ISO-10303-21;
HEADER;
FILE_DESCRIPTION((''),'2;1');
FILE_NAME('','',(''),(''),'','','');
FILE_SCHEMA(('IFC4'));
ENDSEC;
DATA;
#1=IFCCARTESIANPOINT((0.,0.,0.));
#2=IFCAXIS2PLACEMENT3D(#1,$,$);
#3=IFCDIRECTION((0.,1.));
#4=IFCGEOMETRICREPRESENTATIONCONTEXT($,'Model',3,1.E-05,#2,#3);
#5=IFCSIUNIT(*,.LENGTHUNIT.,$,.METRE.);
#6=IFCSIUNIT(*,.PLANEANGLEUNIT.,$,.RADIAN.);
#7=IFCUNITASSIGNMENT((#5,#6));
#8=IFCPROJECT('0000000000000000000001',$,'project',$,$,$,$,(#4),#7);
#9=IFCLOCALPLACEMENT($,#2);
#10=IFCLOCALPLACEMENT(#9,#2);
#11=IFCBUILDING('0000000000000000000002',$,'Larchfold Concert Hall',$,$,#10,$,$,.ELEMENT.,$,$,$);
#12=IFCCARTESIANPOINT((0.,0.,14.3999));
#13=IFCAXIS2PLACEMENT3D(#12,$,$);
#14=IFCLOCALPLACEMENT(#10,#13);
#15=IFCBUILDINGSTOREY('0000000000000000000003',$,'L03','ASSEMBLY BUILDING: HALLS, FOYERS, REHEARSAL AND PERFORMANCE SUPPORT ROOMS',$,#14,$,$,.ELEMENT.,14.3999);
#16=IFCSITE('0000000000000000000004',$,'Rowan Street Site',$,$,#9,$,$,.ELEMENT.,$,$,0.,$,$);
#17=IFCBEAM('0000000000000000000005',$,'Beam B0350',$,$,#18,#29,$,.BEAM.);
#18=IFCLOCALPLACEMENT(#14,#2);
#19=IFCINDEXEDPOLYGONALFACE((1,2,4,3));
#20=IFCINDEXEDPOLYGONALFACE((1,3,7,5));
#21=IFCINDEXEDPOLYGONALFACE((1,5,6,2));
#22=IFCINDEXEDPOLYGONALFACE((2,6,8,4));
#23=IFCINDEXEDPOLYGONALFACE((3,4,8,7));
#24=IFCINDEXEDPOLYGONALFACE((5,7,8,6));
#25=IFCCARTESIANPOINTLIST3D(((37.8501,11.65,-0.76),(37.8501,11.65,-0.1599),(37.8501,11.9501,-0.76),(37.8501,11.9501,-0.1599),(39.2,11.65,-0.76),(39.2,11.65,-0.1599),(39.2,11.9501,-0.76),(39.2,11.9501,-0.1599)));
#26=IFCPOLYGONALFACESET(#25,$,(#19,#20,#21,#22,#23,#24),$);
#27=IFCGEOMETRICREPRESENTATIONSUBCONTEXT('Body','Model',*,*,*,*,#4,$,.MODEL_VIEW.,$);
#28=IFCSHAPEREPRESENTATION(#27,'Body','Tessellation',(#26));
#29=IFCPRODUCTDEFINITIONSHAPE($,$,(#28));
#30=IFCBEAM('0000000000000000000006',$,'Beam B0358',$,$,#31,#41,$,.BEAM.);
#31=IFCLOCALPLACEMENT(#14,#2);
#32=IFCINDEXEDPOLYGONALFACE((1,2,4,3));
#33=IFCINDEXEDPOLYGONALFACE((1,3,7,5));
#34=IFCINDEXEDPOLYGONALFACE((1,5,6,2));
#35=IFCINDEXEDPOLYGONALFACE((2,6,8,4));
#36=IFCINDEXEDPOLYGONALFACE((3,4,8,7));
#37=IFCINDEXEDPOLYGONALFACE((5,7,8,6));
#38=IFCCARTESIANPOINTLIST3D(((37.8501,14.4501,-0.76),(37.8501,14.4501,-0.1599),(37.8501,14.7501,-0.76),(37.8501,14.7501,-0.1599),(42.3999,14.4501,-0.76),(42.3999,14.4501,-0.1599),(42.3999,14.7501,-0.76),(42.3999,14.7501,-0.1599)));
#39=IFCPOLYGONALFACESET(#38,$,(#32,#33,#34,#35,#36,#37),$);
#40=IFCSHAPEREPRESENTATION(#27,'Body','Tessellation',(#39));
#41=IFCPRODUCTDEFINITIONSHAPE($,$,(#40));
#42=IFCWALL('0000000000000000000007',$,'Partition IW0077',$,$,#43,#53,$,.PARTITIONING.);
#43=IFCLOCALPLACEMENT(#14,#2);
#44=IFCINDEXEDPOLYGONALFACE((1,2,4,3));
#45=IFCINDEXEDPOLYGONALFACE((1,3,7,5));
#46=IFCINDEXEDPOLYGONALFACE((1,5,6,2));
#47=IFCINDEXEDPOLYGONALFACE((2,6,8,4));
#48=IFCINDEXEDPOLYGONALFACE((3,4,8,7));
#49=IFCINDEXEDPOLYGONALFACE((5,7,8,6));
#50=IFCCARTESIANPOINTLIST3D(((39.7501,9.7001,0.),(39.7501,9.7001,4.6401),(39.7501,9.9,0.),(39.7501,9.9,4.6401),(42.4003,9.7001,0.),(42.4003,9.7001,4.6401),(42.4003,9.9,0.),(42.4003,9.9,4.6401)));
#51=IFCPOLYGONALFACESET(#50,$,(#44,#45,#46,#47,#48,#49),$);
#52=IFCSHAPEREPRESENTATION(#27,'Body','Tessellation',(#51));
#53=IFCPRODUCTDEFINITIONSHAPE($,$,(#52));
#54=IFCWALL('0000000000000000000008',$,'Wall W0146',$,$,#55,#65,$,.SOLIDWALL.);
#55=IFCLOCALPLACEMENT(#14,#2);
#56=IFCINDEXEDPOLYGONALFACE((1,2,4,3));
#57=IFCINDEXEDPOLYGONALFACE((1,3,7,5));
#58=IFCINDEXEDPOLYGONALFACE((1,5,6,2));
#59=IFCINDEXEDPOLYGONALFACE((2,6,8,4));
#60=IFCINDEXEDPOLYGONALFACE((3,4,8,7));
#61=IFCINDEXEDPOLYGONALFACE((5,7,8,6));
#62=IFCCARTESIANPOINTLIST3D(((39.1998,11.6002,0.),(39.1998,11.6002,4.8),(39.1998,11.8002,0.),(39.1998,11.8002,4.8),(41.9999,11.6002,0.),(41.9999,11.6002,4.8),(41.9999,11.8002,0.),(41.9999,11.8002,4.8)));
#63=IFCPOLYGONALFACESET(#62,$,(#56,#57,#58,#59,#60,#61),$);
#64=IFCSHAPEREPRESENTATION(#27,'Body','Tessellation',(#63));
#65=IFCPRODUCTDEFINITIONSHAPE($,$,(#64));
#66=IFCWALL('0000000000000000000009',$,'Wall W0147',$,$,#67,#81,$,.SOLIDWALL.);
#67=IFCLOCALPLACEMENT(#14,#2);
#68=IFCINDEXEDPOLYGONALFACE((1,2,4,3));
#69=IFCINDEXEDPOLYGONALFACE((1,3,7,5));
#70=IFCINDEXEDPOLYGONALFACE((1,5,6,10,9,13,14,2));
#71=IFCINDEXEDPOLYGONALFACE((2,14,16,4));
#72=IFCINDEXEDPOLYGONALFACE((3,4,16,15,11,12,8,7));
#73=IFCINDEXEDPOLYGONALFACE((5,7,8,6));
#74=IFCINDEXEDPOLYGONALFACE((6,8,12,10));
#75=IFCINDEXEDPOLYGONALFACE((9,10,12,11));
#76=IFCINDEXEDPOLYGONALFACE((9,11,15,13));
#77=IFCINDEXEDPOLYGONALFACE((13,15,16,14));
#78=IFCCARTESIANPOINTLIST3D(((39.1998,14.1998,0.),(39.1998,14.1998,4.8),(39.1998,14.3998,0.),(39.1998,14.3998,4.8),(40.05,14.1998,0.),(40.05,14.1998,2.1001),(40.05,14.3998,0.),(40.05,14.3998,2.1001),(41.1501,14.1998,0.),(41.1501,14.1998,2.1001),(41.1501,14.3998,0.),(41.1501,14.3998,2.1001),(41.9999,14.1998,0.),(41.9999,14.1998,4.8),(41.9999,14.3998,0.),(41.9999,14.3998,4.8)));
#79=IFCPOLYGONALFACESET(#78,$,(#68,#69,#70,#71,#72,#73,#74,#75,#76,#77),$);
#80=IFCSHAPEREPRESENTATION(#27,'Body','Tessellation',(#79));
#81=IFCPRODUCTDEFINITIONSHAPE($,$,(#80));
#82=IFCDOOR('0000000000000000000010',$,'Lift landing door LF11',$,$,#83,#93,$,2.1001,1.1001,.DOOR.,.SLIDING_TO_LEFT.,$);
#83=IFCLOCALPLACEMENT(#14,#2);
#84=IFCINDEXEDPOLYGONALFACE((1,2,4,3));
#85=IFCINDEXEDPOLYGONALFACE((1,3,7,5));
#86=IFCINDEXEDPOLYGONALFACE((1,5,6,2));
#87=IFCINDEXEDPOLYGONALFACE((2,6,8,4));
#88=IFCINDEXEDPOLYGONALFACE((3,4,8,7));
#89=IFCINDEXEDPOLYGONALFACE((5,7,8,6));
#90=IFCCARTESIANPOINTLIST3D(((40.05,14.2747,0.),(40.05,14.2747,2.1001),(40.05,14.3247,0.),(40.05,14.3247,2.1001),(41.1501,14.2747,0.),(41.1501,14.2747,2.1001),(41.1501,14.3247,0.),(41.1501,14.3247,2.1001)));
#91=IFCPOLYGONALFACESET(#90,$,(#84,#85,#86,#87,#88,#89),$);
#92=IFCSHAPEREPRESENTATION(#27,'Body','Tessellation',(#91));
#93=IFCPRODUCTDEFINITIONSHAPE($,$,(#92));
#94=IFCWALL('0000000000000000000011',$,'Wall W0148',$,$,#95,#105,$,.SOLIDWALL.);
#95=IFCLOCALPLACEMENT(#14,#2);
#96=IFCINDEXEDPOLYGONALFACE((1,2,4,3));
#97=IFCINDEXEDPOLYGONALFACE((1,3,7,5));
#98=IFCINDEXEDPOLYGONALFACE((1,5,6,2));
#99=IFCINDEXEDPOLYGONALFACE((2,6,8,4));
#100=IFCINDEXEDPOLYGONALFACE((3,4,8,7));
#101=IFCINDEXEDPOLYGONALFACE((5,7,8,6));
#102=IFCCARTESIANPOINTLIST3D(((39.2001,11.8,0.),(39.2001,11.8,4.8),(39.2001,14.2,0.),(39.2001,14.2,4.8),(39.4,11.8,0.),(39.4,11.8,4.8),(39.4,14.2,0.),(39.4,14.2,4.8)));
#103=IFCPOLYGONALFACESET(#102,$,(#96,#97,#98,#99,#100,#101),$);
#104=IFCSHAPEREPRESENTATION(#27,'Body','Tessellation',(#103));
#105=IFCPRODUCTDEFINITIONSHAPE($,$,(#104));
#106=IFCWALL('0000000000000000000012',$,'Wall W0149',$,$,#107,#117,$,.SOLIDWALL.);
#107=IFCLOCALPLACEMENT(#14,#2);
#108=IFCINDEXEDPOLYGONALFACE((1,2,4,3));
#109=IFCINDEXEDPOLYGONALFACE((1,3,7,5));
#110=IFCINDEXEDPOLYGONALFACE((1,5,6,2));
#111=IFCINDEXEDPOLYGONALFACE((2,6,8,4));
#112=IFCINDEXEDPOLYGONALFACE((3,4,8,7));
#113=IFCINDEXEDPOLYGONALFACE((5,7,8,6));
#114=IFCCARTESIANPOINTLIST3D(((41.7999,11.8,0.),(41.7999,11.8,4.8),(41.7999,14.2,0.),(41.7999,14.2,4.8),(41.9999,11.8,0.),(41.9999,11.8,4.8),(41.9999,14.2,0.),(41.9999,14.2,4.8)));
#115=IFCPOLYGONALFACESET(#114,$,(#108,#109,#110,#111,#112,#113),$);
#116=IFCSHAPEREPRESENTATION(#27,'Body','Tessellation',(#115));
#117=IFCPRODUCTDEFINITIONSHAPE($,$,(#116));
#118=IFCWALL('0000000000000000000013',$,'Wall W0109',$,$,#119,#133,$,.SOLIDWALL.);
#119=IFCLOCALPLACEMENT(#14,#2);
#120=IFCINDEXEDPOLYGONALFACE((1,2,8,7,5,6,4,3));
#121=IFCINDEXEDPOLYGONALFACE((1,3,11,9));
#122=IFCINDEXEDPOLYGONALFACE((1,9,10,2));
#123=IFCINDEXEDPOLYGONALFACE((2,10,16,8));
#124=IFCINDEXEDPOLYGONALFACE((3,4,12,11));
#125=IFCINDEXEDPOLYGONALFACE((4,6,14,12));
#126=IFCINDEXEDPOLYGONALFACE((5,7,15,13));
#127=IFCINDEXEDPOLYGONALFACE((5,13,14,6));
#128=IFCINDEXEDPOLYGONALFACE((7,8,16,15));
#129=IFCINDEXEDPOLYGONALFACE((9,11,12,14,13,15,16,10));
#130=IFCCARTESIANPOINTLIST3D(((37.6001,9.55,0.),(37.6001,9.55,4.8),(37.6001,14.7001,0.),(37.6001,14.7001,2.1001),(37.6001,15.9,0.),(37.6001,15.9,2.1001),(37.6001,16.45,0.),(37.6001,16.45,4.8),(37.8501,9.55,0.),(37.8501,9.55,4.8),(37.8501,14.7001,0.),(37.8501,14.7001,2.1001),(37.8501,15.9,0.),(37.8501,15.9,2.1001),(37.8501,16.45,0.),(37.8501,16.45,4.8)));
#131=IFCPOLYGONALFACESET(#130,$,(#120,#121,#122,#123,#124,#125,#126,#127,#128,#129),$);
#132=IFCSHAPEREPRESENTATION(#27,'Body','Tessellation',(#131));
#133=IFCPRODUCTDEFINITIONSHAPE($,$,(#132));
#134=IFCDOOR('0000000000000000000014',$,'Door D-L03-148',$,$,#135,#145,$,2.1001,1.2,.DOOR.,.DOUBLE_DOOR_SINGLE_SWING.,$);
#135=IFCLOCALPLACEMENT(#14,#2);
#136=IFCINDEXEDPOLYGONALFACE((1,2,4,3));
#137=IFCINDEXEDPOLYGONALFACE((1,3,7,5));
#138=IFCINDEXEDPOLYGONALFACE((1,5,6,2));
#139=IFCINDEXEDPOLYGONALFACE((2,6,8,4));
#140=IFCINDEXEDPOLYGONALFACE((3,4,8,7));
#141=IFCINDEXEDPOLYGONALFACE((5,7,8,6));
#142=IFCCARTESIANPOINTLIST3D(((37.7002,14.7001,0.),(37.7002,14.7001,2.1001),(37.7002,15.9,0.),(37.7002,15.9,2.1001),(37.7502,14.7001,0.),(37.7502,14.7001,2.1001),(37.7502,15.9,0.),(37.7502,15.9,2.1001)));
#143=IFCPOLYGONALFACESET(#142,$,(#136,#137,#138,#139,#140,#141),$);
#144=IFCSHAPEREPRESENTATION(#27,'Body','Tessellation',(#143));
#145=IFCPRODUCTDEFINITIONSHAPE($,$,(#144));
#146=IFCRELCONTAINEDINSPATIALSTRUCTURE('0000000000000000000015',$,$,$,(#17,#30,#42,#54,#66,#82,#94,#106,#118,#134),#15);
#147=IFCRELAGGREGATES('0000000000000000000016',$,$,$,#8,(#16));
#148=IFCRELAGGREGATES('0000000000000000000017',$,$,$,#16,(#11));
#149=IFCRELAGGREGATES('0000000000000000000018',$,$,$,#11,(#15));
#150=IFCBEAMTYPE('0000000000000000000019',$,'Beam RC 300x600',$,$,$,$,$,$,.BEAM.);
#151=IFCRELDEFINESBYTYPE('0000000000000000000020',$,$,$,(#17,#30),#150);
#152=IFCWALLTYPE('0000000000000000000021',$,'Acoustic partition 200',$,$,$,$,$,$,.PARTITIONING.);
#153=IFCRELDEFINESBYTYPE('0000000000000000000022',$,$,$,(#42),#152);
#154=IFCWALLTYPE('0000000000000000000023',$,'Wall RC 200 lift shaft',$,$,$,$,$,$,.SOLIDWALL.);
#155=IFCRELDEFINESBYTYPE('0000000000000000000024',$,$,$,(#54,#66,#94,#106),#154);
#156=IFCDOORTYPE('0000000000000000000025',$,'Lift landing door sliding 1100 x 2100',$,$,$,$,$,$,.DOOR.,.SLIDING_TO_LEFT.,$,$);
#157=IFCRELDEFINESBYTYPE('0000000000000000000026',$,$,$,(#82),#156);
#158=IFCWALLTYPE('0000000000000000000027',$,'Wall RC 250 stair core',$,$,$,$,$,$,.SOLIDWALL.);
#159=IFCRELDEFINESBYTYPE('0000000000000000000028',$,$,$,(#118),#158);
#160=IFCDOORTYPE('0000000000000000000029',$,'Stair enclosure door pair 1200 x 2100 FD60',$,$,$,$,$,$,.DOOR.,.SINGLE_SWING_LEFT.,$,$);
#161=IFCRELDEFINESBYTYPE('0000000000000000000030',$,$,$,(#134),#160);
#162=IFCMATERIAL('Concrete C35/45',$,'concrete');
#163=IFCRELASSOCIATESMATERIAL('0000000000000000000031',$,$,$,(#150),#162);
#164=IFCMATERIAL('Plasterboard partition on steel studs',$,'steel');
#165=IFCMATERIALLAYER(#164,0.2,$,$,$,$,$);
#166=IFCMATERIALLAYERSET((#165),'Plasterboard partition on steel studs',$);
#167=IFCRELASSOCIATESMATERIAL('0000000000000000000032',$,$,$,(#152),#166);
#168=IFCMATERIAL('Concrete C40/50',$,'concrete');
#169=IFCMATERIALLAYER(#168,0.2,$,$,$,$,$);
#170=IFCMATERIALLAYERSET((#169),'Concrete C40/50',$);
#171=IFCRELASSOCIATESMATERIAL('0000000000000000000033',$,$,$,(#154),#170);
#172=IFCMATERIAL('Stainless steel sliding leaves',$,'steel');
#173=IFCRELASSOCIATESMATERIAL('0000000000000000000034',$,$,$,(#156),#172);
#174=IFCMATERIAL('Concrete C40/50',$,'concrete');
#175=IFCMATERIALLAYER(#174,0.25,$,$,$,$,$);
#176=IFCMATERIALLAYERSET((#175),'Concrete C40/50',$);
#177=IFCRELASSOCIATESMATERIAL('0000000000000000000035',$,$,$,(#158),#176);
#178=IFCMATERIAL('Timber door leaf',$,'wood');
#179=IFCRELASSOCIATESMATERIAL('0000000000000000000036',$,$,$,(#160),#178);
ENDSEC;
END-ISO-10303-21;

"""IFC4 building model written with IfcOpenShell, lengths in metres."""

from ifc_helpers import new_model, si_unit, direction, frame, frame_2d, origin, origin_2d, place, context, subcontext, project, spatial, rectangle, extrude, material, layer, layer_set, material_profile, profile_set, type_object, element, fill, save


model = new_model("IFC4")

# Units and contexts
model_context = context("Model", 3, precision=1e-05, world=origin(), true_north=direction((0.0, 1.0)))
body_context = subcontext(model_context, "Body", "Model", "MODEL_VIEW")
ifc_project = project(units=[si_unit("LENGTHUNIT", "METRE"), si_unit("PLANEANGLEUNIT", "RADIAN")], contexts=[model_context])

# Site, building, storey
site_placement = place(None, origin())
site = spatial("IfcSite", under=ifc_project, at=site_placement, Name="Rowan Street Site", CompositionType="ELEMENT", RefElevation=0.0)
building_placement = place(site_placement, origin())
building = spatial("IfcBuilding", under=site, at=building_placement, Name="Larchfold Concert Hall", CompositionType="ELEMENT")
storey_placement = place(building_placement, frame((0.0, 0.0, 14.3999)))
storey = spatial("IfcBuildingStorey", under=building, at=storey_placement, Name="L03", Description="ASSEMBLY BUILDING: HALLS, FOYERS, REHEARSAL AND PERFORMANCE SUPPORT ROOMS", CompositionType="ELEMENT", Elevation=14.3999)

# Beams
ifc_material_1 = material(Name="Concrete C35/45", Category="concrete")
ifc_material_profile = material_profile(ifc_material_1, rectangle(XDim=0.3, YDim=0.6001, at=origin_2d()))
ifc_profile_set = profile_set([ifc_material_profile], Name="Concrete C35/45")
beam_type = type_object("IfcBeamType", Name="Beam RC 300x600", PredefinedType="BEAM", material=ifc_profile_set)
beam_1_placement = place(storey_placement, frame((37.8501, 11.8, -0.46), z_axis=(1.0, 0.0, 0.0), x_axis=(0.0, 1.0, 0.0)))
element("IfcBeam", 1, at=beam_1_placement, inside=storey, type_object=beam_type, Name="Beam B0350", PredefinedType="BEAM", context=body_context, shape_type="SweptSolid", body=[
    extrude(rectangle(XDim=0.3, YDim=0.6001, at=origin_2d()), origin(), (0.0, 0.0, 1.0), 1.3499),
])
beam_2_placement = place(storey_placement, frame((37.8501, 14.6001, -0.46), z_axis=(1.0, 0.0, 0.0), x_axis=(0.0, 1.0, 0.0)))
element("IfcBeam", 2, at=beam_2_placement, inside=storey, type_object=beam_type, Name="Beam B0358", PredefinedType="BEAM", context=body_context, shape_type="SweptSolid", body=[
    extrude(rectangle(XDim=0.3, YDim=0.6001, at=origin_2d()), origin(), (0.0, 0.0, 1.0), 4.5498),
])

# Walls
ifc_material_2 = material(Name="Plasterboard partition on steel studs", Category="steel")
ifc_layer_1 = layer(ifc_material_2, 0.2)
ifc_layer_set_1 = layer_set([ifc_layer_1], Name="Plasterboard partition on steel studs")
wall_type_1 = type_object("IfcWallType", Name="Acoustic partition 200", PredefinedType="PARTITIONING", material=ifc_layer_set_1)
wall_1_placement = place(storey_placement, frame((39.75, 9.8, 0.0), z_axis=(0.0, 0.0, 1.0), x_axis=(1.0, 0.0, 0.0)))
element("IfcWall", 3, at=wall_1_placement, inside=storey, type_object=wall_type_1, Name="Partition IW0077", PredefinedType="PARTITIONING", context=body_context, shape_type="SweptSolid", body=[
    extrude(rectangle(XDim=2.6501, YDim=0.2, at=frame_2d((1.3252, 0.0))), origin(), (0.0, 0.0, 1.0), 4.6401),
])
ifc_material_3 = material(Name="Concrete C40/50", Category="concrete")
ifc_layer_2 = layer(ifc_material_3, 0.2)
ifc_layer_set_2 = layer_set([ifc_layer_2], Name="Concrete C40/50")
wall_type_2 = type_object("IfcWallType", Name="Wall RC 200 lift shaft", PredefinedType="SOLIDWALL", material=ifc_layer_set_2)
wall_2_placement = place(storey_placement, frame((39.2, 11.7002, 0.0), z_axis=(0.0, 0.0, 1.0), x_axis=(1.0, 0.0, 0.0)))
element("IfcWall", 4, at=wall_2_placement, inside=storey, type_object=wall_type_2, Name="Wall W0146", PredefinedType="SOLIDWALL", context=body_context, shape_type="SweptSolid", body=[
    extrude(rectangle(XDim=2.8, YDim=0.2, at=frame_2d((1.3999, 0.0))), origin(), (0.0, 0.0, 1.0), 4.8),
])

# Wall, opening, door
wall_3_placement = place(storey_placement, frame((39.2, 14.2998, 0.0), z_axis=(0.0, 0.0, 1.0), x_axis=(1.0, 0.0, 0.0)))
wall_3 = element("IfcWall", 5, at=wall_3_placement, inside=storey, type_object=wall_type_2, Name="Wall W0147", PredefinedType="SOLIDWALL", context=body_context, shape_type="SweptSolid", body=[
    extrude(rectangle(XDim=2.8, YDim=0.2, at=frame_2d((1.3999, 0.0))), origin(), (0.0, 0.0, 1.0), 4.8),
])
opening_1_placement = place(wall_3_placement, frame((0.8501, 0.0, 0.0)))
opening_1 = element("IfcOpeningElement", 6, at=opening_1_placement, cuts=wall_3, PredefinedType="OPENING", context=body_context, shape_type="SweptSolid", body=[
    extrude(rectangle(XDim=1.1001, YDim=2.1001, at=frame_2d((0.55, 1.05))), frame((0.0, 0.1099, 0.0), z_axis=(0.0, -1.0, 0.0), x_axis=(1.0, 0.0, 0.0)), (0.0, 0.0, 1.0), 0.22),
])
ifc_material_4 = material(Name="Stainless steel sliding leaves", Category="steel")
door_type_1 = type_object("IfcDoorType", Name="Lift landing door sliding 1100 x 2100", OperationType="SLIDING_TO_LEFT", PredefinedType="DOOR", material=ifc_material_4)
door_1_placement = place(opening_1_placement, origin())
door_1 = element("IfcDoor", 7, at=door_1_placement, inside=storey, type_object=door_type_1, Name="Lift landing door LF11", OperationType="SLIDING_TO_LEFT", OverallHeight=2.1001, OverallWidth=1.1001, PredefinedType="DOOR", context=body_context, shape_type="SweptSolid", body=[
    extrude(rectangle(XDim=1.1001, YDim=2.1001, at=frame_2d((0.55, 1.05))), frame((0.0, 0.0249, 0.0), z_axis=(0.0, -1.0, 0.0), x_axis=(1.0, 0.0, 0.0)), (0.0, 0.0, 1.0), 0.05),
])
fill(opening_1, door_1)

# Walls
for number, where, z_axis, x_axis, name in (
    (8, (39.3, 11.8, 0.0), (0.0, 0.0, 1.0), (0.0, 1.0, 0.0), "Wall W0148"),
    (9, (41.8999, 11.8, 0.0), (0.0, 0.0, 1.0), (0.0, 1.0, 0.0), "Wall W0149"),
):
    element("IfcWall", number, at=place(storey_placement, frame(where, z_axis=z_axis, x_axis=x_axis)), inside=storey, type_object=wall_type_2, Name=name, PredefinedType="SOLIDWALL", context=body_context, shape_type="SweptSolid", body=[
        extrude(rectangle(XDim=2.3999, YDim=0.2, at=frame_2d((1.2, 0.0))), origin(), (0.0, 0.0, 1.0), 4.8),
    ])

# Wall, opening, door
ifc_material_5 = material(Name="Concrete C40/50", Category="concrete")
ifc_layer_3 = layer(ifc_material_5, 0.25)
ifc_layer_set_3 = layer_set([ifc_layer_3], Name="Concrete C40/50")
wall_type_3 = type_object("IfcWallType", Name="Wall RC 250 stair core", PredefinedType="SOLIDWALL", material=ifc_layer_set_3)
wall_4_placement = place(storey_placement, frame((37.7251, 9.55, 0.0), z_axis=(0.0, 0.0, 1.0), x_axis=(0.0, 1.0, 0.0)))
wall_4 = element("IfcWall", 10, at=wall_4_placement, inside=storey, type_object=wall_type_3, Name="Wall W0109", PredefinedType="SOLIDWALL", context=body_context, shape_type="SweptSolid", body=[
    extrude(rectangle(XDim=6.8999, YDim=0.25, at=frame_2d((3.45, 0.0))), origin(), (0.0, 0.0, 1.0), 4.8),
])
opening_2_placement = place(wall_4_placement, frame((5.1499, 0.0, 0.0)))
opening_2 = element("IfcOpeningElement", 11, at=opening_2_placement, cuts=wall_4, PredefinedType="OPENING", context=body_context, shape_type="SweptSolid", body=[
    extrude(rectangle(XDim=1.2, YDim=2.1001, at=frame_2d((0.6001, 1.05))), frame((0.0, 0.135, 0.0), z_axis=(0.0, -1.0, 0.0), x_axis=(1.0, 0.0, 0.0)), (0.0, 0.0, 1.0), 0.27),
])
ifc_material_6 = material(Name="Timber door leaf", Category="wood")
door_type_2 = type_object("IfcDoorType", Name="Stair enclosure door pair 1200 x 2100 FD60", OperationType="SINGLE_SWING_LEFT", PredefinedType="DOOR", material=ifc_material_6)
door_2_placement = place(opening_2_placement, origin())
door_2 = element("IfcDoor", 12, at=door_2_placement, inside=storey, type_object=door_type_2, Name="Door D-L03-148", OperationType="DOUBLE_DOOR_SINGLE_SWING", OverallHeight=2.1001, OverallWidth=1.2, PredefinedType="DOOR", context=body_context, shape_type="SweptSolid", body=[
    extrude(rectangle(XDim=1.2, YDim=2.1001, at=frame_2d((0.6001, 1.05))), frame((0.0, 0.0249, 0.0), z_axis=(0.0, -1.0, 0.0), x_axis=(1.0, 0.0, 0.0)), (0.0, 0.0, 1.0), 0.05),
])
fill(opening_2, door_2)

save(model, "model.ifc")
